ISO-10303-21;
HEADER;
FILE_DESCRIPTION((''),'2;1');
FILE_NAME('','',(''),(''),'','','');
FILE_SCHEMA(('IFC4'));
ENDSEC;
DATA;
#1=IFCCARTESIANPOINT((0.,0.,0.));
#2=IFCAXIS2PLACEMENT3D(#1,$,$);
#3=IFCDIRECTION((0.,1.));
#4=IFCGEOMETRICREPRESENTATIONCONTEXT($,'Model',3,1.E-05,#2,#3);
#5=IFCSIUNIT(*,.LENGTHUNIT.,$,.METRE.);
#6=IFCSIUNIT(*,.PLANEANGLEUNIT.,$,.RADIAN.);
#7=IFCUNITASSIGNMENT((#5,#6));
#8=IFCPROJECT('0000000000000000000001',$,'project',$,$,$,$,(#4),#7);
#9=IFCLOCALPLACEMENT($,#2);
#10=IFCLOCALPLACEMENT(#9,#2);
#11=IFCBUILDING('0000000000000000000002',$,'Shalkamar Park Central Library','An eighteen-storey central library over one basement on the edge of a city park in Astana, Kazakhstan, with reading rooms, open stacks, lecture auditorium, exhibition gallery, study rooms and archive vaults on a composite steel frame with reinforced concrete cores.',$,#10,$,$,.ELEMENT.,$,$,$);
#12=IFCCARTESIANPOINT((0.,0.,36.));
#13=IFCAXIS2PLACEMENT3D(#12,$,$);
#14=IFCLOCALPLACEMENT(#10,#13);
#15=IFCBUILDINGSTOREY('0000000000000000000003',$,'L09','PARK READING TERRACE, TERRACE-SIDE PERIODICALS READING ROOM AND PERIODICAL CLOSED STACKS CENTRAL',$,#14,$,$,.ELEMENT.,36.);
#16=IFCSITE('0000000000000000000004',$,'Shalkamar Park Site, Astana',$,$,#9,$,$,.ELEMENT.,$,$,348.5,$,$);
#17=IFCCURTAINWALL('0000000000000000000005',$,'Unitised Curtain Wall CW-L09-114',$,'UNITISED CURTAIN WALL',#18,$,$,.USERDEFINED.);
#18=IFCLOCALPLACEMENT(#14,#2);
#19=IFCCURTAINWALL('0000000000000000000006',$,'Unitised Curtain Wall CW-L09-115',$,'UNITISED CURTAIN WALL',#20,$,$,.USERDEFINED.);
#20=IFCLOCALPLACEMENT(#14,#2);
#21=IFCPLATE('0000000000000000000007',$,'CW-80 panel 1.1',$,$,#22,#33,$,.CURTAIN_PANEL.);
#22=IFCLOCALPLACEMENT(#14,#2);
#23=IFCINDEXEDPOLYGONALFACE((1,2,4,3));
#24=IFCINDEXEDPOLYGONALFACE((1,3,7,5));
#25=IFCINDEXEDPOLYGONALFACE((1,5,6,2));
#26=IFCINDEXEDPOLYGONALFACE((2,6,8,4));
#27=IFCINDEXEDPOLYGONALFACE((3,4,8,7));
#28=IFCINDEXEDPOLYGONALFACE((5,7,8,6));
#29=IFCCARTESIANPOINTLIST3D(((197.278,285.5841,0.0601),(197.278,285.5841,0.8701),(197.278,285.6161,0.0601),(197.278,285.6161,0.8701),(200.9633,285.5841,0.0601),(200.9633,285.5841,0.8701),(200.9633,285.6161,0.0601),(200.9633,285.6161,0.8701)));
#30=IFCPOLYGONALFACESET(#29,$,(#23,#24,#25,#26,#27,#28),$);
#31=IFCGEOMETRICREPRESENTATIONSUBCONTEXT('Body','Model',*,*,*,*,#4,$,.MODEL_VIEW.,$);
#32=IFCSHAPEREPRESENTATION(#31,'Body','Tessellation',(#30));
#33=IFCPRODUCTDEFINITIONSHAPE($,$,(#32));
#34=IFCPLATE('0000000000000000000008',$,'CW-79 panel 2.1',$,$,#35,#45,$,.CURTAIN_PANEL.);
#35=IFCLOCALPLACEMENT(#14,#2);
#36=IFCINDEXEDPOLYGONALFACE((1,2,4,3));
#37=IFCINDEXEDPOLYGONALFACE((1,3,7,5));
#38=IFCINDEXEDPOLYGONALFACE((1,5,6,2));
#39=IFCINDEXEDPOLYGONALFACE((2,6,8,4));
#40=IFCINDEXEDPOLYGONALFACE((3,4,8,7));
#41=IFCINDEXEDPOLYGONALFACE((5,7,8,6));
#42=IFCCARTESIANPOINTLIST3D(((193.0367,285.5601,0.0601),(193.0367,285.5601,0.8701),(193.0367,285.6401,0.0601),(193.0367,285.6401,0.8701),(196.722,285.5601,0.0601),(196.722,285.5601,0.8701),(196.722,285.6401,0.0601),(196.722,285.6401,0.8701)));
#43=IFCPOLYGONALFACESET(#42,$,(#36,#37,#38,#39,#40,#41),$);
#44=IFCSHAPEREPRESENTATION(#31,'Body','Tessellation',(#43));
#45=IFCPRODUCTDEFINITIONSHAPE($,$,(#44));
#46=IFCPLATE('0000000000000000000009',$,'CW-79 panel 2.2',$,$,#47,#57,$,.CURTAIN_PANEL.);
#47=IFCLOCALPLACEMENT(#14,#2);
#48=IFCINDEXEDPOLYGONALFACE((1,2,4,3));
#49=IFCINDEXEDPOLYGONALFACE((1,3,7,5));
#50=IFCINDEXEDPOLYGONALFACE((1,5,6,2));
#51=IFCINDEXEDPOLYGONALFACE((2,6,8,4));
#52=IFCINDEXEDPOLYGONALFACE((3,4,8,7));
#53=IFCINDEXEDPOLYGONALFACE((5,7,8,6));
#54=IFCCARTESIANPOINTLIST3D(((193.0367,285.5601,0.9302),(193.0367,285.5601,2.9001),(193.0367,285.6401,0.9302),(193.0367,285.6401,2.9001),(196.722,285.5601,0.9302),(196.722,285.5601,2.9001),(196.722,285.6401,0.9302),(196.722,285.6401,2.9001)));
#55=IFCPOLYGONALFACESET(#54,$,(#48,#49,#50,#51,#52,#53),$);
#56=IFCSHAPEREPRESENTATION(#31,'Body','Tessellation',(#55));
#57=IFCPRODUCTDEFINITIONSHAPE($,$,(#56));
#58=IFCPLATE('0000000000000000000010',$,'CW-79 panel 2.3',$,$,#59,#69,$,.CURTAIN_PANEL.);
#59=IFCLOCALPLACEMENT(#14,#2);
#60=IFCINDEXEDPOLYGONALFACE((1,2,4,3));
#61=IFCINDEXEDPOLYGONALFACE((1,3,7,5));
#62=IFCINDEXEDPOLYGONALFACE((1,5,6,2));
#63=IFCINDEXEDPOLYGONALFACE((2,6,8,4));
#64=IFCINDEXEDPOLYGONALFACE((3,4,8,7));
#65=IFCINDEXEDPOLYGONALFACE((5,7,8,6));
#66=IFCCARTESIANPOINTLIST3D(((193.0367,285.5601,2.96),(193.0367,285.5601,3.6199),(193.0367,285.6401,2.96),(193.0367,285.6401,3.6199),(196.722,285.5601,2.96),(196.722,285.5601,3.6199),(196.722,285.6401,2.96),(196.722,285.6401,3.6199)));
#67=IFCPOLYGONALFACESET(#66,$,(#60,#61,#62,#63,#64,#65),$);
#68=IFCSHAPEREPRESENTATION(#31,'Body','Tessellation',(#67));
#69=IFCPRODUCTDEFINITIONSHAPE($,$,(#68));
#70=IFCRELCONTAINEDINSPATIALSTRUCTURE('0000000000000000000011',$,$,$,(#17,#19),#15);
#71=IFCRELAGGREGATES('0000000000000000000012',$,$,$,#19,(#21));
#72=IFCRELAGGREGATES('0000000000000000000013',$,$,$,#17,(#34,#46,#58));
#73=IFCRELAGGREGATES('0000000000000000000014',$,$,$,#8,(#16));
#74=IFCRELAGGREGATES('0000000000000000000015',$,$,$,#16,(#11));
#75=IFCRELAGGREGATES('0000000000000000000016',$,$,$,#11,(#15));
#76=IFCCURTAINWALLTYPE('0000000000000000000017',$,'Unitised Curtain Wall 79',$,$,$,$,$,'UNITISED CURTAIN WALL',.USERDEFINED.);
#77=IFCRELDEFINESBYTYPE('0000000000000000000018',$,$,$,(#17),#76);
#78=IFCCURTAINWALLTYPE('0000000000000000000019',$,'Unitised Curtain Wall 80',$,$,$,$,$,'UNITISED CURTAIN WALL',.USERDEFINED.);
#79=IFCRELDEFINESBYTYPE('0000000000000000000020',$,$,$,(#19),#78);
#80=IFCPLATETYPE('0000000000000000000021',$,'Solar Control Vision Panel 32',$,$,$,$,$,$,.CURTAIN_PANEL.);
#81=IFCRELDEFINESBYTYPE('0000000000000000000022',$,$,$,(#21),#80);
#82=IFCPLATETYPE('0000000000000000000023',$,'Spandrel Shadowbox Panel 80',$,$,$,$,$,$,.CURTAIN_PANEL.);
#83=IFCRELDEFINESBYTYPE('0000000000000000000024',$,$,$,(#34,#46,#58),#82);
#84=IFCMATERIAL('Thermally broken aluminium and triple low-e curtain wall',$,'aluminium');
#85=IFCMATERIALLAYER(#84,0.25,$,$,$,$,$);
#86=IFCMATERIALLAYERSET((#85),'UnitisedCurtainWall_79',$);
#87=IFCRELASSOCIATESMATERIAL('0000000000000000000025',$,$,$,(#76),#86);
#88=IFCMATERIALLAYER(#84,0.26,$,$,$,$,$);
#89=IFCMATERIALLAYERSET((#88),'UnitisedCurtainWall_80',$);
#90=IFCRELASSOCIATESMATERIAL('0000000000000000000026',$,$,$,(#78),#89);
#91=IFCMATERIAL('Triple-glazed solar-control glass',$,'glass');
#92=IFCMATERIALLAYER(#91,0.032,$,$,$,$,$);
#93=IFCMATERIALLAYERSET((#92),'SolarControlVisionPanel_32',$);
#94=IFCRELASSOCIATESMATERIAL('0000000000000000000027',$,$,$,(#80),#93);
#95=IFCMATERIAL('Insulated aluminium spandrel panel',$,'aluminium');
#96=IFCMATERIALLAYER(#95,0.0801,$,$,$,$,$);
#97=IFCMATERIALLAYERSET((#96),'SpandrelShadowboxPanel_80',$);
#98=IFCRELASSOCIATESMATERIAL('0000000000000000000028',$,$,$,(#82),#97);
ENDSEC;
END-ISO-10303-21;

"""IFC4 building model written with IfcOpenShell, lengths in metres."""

from ifc_helpers import new_model, si_unit, direction, frame, origin, origin_2d, place, context, subcontext, project, spatial, rectangle, extrude, material, layer, layer_set, type_object, element, aggregate, save


model = new_model("IFC4")

# Units and contexts
model_context = context("Model", 3, precision=1e-05, world=origin(), true_north=direction((0.0, 1.0)))
body_context = subcontext(model_context, "Body", "Model", "MODEL_VIEW")
ifc_project = project(units=[si_unit("LENGTHUNIT", "METRE"), si_unit("PLANEANGLEUNIT", "RADIAN")], contexts=[model_context])

# Site, building, storey
site_placement = place(None, origin())
site = spatial("IfcSite", under=ifc_project, at=site_placement, Name="Shalkamar Park Site, Astana", CompositionType="ELEMENT", RefElevation=348.5)
building_placement = place(site_placement, origin())
building = spatial("IfcBuilding", under=site, at=building_placement, Name="Shalkamar Park Central Library", Description="An eighteen-storey central library over one basement on the edge of a city park in Astana, Kazakhstan, with reading rooms, open stacks, lecture auditorium, exhibition gallery, study rooms and archive vaults on a composite steel frame with reinforced concrete cores.", CompositionType="ELEMENT")
storey_placement = place(building_placement, frame((0.0, 0.0, 36.0)))
storey = spatial("IfcBuildingStorey", under=building, at=storey_placement, Name="L09", Description="PARK READING TERRACE, TERRACE-SIDE PERIODICALS READING ROOM AND PERIODICAL CLOSED STACKS CENTRAL", CompositionType="ELEMENT", Elevation=36.0)

# Curtain walls
ifc_material_1 = material(Name="Thermally broken aluminium and triple low-e curtain wall", Category="aluminium")
ifc_layer_1 = layer(ifc_material_1, 0.25)
ifc_layer_set_1 = layer_set([ifc_layer_1], Name="UnitisedCurtainWall_79")
curtain_wall_type_1 = type_object("IfcCurtainWallType", Name="Unitised Curtain Wall 79", ElementType="UNITISED CURTAIN WALL", PredefinedType="USERDEFINED", material=ifc_layer_set_1)
curtain_wall_1_placement = place(storey_placement, origin())
curtain_wall_1 = element("IfcCurtainWall", 1, at=curtain_wall_1_placement, inside=storey, type_object=curtain_wall_type_1, Name="Unitised Curtain Wall CW-L09-114", ObjectType="UNITISED CURTAIN WALL", PredefinedType="USERDEFINED")
ifc_layer_2 = layer(ifc_material_1, 0.26)
ifc_layer_set_2 = layer_set([ifc_layer_2], Name="UnitisedCurtainWall_80")
curtain_wall_type_2 = type_object("IfcCurtainWallType", Name="Unitised Curtain Wall 80", ElementType="UNITISED CURTAIN WALL", PredefinedType="USERDEFINED", material=ifc_layer_set_2)
curtain_wall_2_placement = place(storey_placement, origin())
curtain_wall_2 = element("IfcCurtainWall", 2, at=curtain_wall_2_placement, inside=storey, type_object=curtain_wall_type_2, Name="Unitised Curtain Wall CW-L09-115", ObjectType="UNITISED CURTAIN WALL", PredefinedType="USERDEFINED")

# Plates
ifc_material_2 = material(Name="Triple-glazed solar-control glass", Category="glass")
ifc_layer_3 = layer(ifc_material_2, 0.032)
ifc_layer_set_3 = layer_set([ifc_layer_3], Name="SolarControlVisionPanel_32")
plate_type_1 = type_object("IfcPlateType", Name="Solar Control Vision Panel 32", PredefinedType="CURTAIN_PANEL", material=ifc_layer_set_3)
plate_1_placement = place(storey_placement, frame((199.1206, 285.6001, 0.0601), z_axis=(0.0, 0.0, 1.0), x_axis=(1.0, 0.0, 0.0)))
plate_1 = element("IfcPlate", 3, at=plate_1_placement, type_object=plate_type_1, Name="CW-80 panel 1.1", PredefinedType="CURTAIN_PANEL", context=body_context, shape_type="SweptSolid", body=[
    extrude(rectangle(XDim=3.6853, YDim=0.032, at=origin_2d()), origin(), (0.0, 0.0, 1.0), 0.8101),
])
aggregate(curtain_wall_2, [plate_1])
ifc_material_3 = material(Name="Insulated aluminium spandrel panel", Category="aluminium")
ifc_layer_4 = layer(ifc_material_3, 0.0801)
ifc_layer_set_4 = layer_set([ifc_layer_4], Name="SpandrelShadowboxPanel_80")
plate_type_2 = type_object("IfcPlateType", Name="Spandrel Shadowbox Panel 80", PredefinedType="CURTAIN_PANEL", material=ifc_layer_set_4)
plate_2_placement = place(storey_placement, frame((194.8794, 285.6001, 0.0601), z_axis=(0.0, 0.0, 1.0), x_axis=(1.0, 0.0, 0.0)))
plate_2 = element("IfcPlate", 4, at=plate_2_placement, type_object=plate_type_2, Name="CW-79 panel 2.1", PredefinedType="CURTAIN_PANEL", context=body_context, shape_type="SweptSolid", body=[
    extrude(rectangle(XDim=3.6853, YDim=0.0801, at=origin_2d()), origin(), (0.0, 0.0, 1.0), 0.8101),
])
plate_3_placement = place(storey_placement, frame((194.8794, 285.6001, 0.9302), z_axis=(0.0, 0.0, 1.0), x_axis=(1.0, 0.0, 0.0)))
plate_3 = element("IfcPlate", 5, at=plate_3_placement, type_object=plate_type_2, Name="CW-79 panel 2.2", PredefinedType="CURTAIN_PANEL", context=body_context, shape_type="SweptSolid", body=[
    extrude(rectangle(XDim=3.6853, YDim=0.0801, at=origin_2d()), origin(), (0.0, 0.0, 1.0), 1.97),
])
plate_4_placement = place(storey_placement, frame((194.8794, 285.6001, 2.96), z_axis=(0.0, 0.0, 1.0), x_axis=(1.0, 0.0, 0.0)))
plate_4 = element("IfcPlate", 6, at=plate_4_placement, type_object=plate_type_2, Name="CW-79 panel 2.3", PredefinedType="CURTAIN_PANEL", context=body_context, shape_type="SweptSolid", body=[
    extrude(rectangle(XDim=3.6853, YDim=0.0801, at=origin_2d()), origin(), (0.0, 0.0, 1.0), 0.6599),
])
aggregate(curtain_wall_1, [plate_2, plate_3, plate_4])

save(model, "model.ifc")
